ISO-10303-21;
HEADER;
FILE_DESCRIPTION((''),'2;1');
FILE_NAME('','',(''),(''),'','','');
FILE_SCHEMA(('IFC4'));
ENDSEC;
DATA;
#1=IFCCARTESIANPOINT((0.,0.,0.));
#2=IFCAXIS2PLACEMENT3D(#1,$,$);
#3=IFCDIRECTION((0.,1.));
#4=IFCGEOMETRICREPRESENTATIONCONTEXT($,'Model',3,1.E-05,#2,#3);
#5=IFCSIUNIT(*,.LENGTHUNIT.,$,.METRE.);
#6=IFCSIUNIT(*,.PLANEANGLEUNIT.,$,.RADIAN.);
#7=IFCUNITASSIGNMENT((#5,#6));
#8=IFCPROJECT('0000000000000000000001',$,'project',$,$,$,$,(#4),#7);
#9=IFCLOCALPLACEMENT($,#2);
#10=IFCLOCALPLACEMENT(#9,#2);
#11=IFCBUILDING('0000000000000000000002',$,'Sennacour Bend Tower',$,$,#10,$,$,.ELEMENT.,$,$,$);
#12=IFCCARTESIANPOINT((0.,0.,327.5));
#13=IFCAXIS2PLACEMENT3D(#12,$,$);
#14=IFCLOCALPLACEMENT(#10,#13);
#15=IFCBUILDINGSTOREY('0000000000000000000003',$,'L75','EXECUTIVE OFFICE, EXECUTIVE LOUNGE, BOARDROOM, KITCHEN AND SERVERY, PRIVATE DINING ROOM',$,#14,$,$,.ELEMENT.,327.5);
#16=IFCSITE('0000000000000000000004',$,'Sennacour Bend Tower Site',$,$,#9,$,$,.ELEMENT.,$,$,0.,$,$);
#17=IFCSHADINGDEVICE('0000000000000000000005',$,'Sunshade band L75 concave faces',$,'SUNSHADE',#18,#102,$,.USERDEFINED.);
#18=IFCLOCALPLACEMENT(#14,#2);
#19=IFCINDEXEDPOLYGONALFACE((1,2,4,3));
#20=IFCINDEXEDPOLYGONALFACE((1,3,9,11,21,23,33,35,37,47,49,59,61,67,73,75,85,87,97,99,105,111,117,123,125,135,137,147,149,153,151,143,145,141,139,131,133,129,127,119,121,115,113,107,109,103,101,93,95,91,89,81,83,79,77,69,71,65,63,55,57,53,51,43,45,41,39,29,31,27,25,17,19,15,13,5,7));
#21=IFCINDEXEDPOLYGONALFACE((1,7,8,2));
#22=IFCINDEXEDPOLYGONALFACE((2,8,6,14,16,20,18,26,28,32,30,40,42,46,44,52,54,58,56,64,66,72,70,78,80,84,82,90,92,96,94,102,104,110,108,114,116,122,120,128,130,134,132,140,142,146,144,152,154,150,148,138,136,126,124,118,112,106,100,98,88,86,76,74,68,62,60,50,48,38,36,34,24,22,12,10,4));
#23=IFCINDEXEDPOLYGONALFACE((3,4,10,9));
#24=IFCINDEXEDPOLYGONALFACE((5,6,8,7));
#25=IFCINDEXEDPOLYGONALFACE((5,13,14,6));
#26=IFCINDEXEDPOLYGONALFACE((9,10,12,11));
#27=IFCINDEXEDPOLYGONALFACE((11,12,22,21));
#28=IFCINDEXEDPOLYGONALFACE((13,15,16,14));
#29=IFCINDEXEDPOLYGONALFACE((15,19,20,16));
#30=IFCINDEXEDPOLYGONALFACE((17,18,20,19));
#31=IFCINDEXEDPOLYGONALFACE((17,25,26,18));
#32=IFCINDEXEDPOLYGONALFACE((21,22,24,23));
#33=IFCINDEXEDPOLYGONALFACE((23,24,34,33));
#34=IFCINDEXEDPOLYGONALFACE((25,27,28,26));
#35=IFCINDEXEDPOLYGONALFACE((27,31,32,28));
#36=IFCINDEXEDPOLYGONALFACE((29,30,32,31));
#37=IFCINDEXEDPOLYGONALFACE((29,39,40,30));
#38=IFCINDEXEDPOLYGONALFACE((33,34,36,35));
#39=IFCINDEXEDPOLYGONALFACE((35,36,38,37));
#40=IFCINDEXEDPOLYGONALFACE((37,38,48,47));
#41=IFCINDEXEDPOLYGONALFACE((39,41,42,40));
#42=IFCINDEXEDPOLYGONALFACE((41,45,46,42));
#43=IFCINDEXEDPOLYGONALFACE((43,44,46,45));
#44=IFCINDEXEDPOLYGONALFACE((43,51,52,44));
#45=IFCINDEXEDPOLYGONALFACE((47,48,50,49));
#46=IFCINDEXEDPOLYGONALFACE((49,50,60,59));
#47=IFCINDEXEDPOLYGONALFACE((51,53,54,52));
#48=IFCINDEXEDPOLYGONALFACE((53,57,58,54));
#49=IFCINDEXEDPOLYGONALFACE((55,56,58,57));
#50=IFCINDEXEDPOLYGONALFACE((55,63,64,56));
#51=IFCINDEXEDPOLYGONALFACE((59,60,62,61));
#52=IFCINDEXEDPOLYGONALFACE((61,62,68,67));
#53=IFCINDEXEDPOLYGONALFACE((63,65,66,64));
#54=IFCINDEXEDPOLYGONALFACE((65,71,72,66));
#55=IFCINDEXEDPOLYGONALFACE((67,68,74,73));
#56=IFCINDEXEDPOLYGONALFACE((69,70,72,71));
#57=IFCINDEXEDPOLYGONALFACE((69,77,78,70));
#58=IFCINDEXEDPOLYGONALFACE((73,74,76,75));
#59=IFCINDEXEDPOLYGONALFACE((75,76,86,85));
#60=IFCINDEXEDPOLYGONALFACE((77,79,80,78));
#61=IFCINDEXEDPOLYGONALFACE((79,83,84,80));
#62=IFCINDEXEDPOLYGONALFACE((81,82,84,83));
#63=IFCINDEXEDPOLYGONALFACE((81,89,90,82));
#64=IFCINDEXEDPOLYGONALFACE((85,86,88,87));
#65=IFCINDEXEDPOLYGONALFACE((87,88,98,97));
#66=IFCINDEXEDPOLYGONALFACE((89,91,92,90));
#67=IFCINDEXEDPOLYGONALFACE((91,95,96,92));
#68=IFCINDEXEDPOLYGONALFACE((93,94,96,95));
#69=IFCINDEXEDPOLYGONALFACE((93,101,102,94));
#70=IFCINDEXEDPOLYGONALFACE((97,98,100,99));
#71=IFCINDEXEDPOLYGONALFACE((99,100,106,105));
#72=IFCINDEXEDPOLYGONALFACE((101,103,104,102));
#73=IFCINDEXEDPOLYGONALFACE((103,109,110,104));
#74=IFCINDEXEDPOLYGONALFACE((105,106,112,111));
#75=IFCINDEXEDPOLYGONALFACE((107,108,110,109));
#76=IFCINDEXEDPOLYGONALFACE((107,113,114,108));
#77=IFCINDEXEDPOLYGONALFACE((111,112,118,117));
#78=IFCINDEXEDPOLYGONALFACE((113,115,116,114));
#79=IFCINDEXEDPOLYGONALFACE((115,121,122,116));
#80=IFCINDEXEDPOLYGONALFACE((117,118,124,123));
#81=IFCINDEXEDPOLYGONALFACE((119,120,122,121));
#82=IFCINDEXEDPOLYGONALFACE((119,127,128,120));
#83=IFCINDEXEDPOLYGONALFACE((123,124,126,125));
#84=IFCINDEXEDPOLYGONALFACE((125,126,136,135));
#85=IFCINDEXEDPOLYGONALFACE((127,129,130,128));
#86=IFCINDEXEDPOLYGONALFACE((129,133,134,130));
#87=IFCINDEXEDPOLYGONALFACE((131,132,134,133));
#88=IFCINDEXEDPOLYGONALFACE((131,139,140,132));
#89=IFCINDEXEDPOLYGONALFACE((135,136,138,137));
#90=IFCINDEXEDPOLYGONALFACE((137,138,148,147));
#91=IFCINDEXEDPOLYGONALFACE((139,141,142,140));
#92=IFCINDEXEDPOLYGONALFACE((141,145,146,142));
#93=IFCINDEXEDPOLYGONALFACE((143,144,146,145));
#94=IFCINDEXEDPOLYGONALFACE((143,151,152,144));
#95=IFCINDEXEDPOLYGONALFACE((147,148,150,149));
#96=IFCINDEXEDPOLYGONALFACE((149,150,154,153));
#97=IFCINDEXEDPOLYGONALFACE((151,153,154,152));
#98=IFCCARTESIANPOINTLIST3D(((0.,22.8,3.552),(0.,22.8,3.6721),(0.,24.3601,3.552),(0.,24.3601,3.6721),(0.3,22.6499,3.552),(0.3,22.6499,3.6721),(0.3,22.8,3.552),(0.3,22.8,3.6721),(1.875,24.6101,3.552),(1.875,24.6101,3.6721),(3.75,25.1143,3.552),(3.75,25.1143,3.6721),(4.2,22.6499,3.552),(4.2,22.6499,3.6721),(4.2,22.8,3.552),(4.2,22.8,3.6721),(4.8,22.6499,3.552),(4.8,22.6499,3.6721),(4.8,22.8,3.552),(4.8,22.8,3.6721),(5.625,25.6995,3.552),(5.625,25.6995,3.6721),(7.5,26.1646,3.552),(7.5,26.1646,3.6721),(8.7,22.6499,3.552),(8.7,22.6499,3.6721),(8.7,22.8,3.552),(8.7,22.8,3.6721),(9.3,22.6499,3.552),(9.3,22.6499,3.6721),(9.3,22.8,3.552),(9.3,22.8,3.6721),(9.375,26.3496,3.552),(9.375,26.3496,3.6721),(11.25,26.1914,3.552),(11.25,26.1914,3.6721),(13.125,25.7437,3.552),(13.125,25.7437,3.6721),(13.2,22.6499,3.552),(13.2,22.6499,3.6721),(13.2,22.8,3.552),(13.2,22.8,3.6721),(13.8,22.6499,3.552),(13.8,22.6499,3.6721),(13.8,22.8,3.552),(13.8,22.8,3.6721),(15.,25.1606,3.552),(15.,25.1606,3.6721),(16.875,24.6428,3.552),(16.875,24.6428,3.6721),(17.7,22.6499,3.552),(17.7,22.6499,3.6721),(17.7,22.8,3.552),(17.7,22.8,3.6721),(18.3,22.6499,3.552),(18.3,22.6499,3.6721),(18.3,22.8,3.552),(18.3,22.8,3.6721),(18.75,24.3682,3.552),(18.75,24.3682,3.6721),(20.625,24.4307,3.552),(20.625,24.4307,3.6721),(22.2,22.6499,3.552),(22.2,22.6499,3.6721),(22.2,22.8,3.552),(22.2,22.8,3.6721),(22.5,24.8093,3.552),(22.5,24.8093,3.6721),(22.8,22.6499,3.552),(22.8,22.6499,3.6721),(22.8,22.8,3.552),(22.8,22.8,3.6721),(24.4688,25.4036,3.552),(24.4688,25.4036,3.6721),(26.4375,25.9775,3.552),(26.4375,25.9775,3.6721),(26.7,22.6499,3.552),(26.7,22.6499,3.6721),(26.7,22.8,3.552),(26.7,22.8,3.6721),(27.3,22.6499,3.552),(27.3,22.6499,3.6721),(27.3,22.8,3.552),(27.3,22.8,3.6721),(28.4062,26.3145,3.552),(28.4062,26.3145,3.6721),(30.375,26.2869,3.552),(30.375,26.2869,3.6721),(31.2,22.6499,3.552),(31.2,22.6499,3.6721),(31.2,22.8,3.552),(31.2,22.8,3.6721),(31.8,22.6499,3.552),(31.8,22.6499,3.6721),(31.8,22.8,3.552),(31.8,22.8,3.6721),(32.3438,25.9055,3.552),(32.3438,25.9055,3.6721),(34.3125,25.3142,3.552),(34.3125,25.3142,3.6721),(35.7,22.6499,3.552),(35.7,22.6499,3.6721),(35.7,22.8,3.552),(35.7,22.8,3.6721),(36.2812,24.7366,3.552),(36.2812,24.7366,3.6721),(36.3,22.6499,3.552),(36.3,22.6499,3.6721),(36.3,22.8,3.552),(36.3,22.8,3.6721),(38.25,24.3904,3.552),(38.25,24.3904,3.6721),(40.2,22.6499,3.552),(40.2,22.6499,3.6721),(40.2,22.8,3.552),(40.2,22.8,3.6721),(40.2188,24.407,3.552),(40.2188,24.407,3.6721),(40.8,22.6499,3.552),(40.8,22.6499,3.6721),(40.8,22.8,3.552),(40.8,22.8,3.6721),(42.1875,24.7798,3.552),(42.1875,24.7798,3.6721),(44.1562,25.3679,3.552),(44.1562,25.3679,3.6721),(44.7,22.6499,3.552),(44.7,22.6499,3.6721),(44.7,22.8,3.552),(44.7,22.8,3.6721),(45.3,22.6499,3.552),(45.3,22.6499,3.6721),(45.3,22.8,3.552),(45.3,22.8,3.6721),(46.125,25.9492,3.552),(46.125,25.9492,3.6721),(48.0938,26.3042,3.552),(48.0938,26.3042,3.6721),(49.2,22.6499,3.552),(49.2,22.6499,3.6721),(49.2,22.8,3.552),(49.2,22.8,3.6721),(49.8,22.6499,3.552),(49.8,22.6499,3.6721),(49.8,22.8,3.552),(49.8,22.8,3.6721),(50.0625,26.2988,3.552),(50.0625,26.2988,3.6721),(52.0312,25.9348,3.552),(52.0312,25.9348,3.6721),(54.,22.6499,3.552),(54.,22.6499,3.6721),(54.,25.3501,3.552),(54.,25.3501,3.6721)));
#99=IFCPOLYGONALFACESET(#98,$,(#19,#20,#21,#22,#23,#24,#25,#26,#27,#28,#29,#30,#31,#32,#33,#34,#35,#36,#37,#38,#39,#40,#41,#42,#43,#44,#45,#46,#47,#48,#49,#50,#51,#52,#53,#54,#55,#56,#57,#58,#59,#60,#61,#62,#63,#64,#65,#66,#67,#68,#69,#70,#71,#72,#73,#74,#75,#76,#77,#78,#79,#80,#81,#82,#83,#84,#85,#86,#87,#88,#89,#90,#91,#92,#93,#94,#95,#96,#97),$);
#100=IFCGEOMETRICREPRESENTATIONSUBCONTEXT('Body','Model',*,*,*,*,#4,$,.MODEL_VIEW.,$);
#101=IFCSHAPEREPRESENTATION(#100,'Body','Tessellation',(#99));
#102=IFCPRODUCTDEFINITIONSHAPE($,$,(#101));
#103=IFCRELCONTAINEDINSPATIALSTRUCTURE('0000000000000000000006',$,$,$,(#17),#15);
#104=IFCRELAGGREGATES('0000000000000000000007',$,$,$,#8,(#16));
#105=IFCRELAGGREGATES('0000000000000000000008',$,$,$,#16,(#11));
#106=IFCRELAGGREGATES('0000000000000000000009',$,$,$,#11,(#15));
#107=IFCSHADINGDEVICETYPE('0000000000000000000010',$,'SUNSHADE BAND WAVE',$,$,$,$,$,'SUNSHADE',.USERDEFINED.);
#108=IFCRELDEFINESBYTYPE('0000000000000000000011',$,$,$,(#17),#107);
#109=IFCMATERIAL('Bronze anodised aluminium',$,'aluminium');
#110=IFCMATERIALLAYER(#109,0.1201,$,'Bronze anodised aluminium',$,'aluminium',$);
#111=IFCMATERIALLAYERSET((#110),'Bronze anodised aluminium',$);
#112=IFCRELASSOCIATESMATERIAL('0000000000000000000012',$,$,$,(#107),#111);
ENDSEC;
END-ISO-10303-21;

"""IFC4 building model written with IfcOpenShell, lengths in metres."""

from ifc_helpers import new_model, si_unit, direction, frame, origin, place, context, subcontext, project, spatial, polyline, outline, extrude, material, layer, layer_set, type_object, element, save


model = new_model("IFC4")

# Units and contexts
model_context = context("Model", 3, precision=1e-05, world=origin(), true_north=direction((0.0, 1.0)))
body_context = subcontext(model_context, "Body", "Model", "MODEL_VIEW")
ifc_project = project(units=[si_unit("LENGTHUNIT", "METRE"), si_unit("PLANEANGLEUNIT", "RADIAN")], contexts=[model_context])

# Site, building, storey
site_placement = place(None, origin())
site = spatial("IfcSite", under=ifc_project, at=site_placement, Name="Sennacour Bend Tower Site", CompositionType="ELEMENT", RefElevation=0.0)
building_placement = place(site_placement, origin())
building = spatial("IfcBuilding", under=site, at=building_placement, Name="Sennacour Bend Tower", CompositionType="ELEMENT")
storey_placement = place(building_placement, frame((0.0, 0.0, 327.5)))
storey = spatial("IfcBuildingStorey", under=building, at=storey_placement, Name="L75", Description="EXECUTIVE OFFICE, EXECUTIVE LOUNGE, BOARDROOM, KITCHEN AND SERVERY, PRIVATE DINING ROOM", CompositionType="ELEMENT", Elevation=327.5)

# Shading device
ifc_material_1 = material(Name="Bronze anodised aluminium", Category="aluminium")
ifc_layer_1 = layer(ifc_material_1, 0.1201, Name="Bronze anodised aluminium", Category="aluminium")
ifc_layer_set_1 = layer_set([ifc_layer_1], Name="Bronze anodised aluminium")
shading_device_type_1 = type_object("IfcShadingDeviceType", Name="SUNSHADE BAND WAVE", ElementType="SUNSHADE", PredefinedType="USERDEFINED", material=ifc_layer_set_1)
shading_device_1_placement = place(storey_placement, frame((0.0, 0.0, 3.552)))
element("IfcShadingDevice", 1, at=shading_device_1_placement, inside=storey, type_object=shading_device_type_1, Name="Sunshade band L75 concave faces", ObjectType="SUNSHADE", PredefinedType="USERDEFINED", context=body_context, shape_type="SweptSolid", body=[
    extrude(outline(polyline([(54.0, 22.6499), (49.8, 22.6499), (49.8, 22.8), (49.2, 22.8), (49.2, 22.6499), (45.3, 22.6499), (45.3, 22.8), (44.7, 22.8), (44.7, 22.6499), (40.8, 22.6499), (40.8, 22.8), (40.2, 22.8), (40.2, 22.6499), (36.3, 22.6499), (36.3, 22.8), (35.7, 22.8), (35.7, 22.6499), (31.8, 22.6499), (31.8, 22.8), (31.2, 22.8), (31.2, 22.6499), (27.3, 22.6499), (27.3, 22.8), (26.7, 22.8), (26.7, 22.6499), (22.8, 22.6499), (22.8, 22.8), (22.2, 22.8), (22.2, 22.6499), (18.3, 22.6499), (18.3, 22.8), (17.7, 22.8), (17.7, 22.6499), (13.8, 22.6499), (13.8, 22.8), (13.2, 22.8), (13.2, 22.6499), (9.3, 22.6499), (9.3, 22.8), (8.7, 22.8), (8.7, 22.6499), (4.8, 22.6499), (4.8, 22.8), (4.2, 22.8), (4.2, 22.6499), (0.3, 22.6499), (0.3, 22.8), (0.0, 22.8), (0.0, 24.3601), (1.875, 24.6101), (3.75, 25.1143), (5.625, 25.6995), (7.5, 26.1646), (9.375, 26.3496), (11.25, 26.1914), (13.125, 25.7437), (15.0, 25.1606), (16.875, 24.6428), (18.75, 24.3682), (20.625, 24.4307), (22.5, 24.8093), (24.4688, 25.4036), (26.4375, 25.9775), (28.4062, 26.3145), (30.375, 26.2869), (32.3438, 25.9055), (34.3125, 25.3142), (36.2812, 24.7366), (38.25, 24.3904), (40.2188, 24.407), (42.1875, 24.7798), (44.1562, 25.3679), (46.125, 25.9492), (48.0938, 26.3042), (50.0625, 26.2988), (52.0312, 25.9348), (54.0, 25.3501), (54.0, 22.6499)])), origin(), (0.0, 0.0, 1.0), 0.1201),
])

save(model, "model.ifc")
